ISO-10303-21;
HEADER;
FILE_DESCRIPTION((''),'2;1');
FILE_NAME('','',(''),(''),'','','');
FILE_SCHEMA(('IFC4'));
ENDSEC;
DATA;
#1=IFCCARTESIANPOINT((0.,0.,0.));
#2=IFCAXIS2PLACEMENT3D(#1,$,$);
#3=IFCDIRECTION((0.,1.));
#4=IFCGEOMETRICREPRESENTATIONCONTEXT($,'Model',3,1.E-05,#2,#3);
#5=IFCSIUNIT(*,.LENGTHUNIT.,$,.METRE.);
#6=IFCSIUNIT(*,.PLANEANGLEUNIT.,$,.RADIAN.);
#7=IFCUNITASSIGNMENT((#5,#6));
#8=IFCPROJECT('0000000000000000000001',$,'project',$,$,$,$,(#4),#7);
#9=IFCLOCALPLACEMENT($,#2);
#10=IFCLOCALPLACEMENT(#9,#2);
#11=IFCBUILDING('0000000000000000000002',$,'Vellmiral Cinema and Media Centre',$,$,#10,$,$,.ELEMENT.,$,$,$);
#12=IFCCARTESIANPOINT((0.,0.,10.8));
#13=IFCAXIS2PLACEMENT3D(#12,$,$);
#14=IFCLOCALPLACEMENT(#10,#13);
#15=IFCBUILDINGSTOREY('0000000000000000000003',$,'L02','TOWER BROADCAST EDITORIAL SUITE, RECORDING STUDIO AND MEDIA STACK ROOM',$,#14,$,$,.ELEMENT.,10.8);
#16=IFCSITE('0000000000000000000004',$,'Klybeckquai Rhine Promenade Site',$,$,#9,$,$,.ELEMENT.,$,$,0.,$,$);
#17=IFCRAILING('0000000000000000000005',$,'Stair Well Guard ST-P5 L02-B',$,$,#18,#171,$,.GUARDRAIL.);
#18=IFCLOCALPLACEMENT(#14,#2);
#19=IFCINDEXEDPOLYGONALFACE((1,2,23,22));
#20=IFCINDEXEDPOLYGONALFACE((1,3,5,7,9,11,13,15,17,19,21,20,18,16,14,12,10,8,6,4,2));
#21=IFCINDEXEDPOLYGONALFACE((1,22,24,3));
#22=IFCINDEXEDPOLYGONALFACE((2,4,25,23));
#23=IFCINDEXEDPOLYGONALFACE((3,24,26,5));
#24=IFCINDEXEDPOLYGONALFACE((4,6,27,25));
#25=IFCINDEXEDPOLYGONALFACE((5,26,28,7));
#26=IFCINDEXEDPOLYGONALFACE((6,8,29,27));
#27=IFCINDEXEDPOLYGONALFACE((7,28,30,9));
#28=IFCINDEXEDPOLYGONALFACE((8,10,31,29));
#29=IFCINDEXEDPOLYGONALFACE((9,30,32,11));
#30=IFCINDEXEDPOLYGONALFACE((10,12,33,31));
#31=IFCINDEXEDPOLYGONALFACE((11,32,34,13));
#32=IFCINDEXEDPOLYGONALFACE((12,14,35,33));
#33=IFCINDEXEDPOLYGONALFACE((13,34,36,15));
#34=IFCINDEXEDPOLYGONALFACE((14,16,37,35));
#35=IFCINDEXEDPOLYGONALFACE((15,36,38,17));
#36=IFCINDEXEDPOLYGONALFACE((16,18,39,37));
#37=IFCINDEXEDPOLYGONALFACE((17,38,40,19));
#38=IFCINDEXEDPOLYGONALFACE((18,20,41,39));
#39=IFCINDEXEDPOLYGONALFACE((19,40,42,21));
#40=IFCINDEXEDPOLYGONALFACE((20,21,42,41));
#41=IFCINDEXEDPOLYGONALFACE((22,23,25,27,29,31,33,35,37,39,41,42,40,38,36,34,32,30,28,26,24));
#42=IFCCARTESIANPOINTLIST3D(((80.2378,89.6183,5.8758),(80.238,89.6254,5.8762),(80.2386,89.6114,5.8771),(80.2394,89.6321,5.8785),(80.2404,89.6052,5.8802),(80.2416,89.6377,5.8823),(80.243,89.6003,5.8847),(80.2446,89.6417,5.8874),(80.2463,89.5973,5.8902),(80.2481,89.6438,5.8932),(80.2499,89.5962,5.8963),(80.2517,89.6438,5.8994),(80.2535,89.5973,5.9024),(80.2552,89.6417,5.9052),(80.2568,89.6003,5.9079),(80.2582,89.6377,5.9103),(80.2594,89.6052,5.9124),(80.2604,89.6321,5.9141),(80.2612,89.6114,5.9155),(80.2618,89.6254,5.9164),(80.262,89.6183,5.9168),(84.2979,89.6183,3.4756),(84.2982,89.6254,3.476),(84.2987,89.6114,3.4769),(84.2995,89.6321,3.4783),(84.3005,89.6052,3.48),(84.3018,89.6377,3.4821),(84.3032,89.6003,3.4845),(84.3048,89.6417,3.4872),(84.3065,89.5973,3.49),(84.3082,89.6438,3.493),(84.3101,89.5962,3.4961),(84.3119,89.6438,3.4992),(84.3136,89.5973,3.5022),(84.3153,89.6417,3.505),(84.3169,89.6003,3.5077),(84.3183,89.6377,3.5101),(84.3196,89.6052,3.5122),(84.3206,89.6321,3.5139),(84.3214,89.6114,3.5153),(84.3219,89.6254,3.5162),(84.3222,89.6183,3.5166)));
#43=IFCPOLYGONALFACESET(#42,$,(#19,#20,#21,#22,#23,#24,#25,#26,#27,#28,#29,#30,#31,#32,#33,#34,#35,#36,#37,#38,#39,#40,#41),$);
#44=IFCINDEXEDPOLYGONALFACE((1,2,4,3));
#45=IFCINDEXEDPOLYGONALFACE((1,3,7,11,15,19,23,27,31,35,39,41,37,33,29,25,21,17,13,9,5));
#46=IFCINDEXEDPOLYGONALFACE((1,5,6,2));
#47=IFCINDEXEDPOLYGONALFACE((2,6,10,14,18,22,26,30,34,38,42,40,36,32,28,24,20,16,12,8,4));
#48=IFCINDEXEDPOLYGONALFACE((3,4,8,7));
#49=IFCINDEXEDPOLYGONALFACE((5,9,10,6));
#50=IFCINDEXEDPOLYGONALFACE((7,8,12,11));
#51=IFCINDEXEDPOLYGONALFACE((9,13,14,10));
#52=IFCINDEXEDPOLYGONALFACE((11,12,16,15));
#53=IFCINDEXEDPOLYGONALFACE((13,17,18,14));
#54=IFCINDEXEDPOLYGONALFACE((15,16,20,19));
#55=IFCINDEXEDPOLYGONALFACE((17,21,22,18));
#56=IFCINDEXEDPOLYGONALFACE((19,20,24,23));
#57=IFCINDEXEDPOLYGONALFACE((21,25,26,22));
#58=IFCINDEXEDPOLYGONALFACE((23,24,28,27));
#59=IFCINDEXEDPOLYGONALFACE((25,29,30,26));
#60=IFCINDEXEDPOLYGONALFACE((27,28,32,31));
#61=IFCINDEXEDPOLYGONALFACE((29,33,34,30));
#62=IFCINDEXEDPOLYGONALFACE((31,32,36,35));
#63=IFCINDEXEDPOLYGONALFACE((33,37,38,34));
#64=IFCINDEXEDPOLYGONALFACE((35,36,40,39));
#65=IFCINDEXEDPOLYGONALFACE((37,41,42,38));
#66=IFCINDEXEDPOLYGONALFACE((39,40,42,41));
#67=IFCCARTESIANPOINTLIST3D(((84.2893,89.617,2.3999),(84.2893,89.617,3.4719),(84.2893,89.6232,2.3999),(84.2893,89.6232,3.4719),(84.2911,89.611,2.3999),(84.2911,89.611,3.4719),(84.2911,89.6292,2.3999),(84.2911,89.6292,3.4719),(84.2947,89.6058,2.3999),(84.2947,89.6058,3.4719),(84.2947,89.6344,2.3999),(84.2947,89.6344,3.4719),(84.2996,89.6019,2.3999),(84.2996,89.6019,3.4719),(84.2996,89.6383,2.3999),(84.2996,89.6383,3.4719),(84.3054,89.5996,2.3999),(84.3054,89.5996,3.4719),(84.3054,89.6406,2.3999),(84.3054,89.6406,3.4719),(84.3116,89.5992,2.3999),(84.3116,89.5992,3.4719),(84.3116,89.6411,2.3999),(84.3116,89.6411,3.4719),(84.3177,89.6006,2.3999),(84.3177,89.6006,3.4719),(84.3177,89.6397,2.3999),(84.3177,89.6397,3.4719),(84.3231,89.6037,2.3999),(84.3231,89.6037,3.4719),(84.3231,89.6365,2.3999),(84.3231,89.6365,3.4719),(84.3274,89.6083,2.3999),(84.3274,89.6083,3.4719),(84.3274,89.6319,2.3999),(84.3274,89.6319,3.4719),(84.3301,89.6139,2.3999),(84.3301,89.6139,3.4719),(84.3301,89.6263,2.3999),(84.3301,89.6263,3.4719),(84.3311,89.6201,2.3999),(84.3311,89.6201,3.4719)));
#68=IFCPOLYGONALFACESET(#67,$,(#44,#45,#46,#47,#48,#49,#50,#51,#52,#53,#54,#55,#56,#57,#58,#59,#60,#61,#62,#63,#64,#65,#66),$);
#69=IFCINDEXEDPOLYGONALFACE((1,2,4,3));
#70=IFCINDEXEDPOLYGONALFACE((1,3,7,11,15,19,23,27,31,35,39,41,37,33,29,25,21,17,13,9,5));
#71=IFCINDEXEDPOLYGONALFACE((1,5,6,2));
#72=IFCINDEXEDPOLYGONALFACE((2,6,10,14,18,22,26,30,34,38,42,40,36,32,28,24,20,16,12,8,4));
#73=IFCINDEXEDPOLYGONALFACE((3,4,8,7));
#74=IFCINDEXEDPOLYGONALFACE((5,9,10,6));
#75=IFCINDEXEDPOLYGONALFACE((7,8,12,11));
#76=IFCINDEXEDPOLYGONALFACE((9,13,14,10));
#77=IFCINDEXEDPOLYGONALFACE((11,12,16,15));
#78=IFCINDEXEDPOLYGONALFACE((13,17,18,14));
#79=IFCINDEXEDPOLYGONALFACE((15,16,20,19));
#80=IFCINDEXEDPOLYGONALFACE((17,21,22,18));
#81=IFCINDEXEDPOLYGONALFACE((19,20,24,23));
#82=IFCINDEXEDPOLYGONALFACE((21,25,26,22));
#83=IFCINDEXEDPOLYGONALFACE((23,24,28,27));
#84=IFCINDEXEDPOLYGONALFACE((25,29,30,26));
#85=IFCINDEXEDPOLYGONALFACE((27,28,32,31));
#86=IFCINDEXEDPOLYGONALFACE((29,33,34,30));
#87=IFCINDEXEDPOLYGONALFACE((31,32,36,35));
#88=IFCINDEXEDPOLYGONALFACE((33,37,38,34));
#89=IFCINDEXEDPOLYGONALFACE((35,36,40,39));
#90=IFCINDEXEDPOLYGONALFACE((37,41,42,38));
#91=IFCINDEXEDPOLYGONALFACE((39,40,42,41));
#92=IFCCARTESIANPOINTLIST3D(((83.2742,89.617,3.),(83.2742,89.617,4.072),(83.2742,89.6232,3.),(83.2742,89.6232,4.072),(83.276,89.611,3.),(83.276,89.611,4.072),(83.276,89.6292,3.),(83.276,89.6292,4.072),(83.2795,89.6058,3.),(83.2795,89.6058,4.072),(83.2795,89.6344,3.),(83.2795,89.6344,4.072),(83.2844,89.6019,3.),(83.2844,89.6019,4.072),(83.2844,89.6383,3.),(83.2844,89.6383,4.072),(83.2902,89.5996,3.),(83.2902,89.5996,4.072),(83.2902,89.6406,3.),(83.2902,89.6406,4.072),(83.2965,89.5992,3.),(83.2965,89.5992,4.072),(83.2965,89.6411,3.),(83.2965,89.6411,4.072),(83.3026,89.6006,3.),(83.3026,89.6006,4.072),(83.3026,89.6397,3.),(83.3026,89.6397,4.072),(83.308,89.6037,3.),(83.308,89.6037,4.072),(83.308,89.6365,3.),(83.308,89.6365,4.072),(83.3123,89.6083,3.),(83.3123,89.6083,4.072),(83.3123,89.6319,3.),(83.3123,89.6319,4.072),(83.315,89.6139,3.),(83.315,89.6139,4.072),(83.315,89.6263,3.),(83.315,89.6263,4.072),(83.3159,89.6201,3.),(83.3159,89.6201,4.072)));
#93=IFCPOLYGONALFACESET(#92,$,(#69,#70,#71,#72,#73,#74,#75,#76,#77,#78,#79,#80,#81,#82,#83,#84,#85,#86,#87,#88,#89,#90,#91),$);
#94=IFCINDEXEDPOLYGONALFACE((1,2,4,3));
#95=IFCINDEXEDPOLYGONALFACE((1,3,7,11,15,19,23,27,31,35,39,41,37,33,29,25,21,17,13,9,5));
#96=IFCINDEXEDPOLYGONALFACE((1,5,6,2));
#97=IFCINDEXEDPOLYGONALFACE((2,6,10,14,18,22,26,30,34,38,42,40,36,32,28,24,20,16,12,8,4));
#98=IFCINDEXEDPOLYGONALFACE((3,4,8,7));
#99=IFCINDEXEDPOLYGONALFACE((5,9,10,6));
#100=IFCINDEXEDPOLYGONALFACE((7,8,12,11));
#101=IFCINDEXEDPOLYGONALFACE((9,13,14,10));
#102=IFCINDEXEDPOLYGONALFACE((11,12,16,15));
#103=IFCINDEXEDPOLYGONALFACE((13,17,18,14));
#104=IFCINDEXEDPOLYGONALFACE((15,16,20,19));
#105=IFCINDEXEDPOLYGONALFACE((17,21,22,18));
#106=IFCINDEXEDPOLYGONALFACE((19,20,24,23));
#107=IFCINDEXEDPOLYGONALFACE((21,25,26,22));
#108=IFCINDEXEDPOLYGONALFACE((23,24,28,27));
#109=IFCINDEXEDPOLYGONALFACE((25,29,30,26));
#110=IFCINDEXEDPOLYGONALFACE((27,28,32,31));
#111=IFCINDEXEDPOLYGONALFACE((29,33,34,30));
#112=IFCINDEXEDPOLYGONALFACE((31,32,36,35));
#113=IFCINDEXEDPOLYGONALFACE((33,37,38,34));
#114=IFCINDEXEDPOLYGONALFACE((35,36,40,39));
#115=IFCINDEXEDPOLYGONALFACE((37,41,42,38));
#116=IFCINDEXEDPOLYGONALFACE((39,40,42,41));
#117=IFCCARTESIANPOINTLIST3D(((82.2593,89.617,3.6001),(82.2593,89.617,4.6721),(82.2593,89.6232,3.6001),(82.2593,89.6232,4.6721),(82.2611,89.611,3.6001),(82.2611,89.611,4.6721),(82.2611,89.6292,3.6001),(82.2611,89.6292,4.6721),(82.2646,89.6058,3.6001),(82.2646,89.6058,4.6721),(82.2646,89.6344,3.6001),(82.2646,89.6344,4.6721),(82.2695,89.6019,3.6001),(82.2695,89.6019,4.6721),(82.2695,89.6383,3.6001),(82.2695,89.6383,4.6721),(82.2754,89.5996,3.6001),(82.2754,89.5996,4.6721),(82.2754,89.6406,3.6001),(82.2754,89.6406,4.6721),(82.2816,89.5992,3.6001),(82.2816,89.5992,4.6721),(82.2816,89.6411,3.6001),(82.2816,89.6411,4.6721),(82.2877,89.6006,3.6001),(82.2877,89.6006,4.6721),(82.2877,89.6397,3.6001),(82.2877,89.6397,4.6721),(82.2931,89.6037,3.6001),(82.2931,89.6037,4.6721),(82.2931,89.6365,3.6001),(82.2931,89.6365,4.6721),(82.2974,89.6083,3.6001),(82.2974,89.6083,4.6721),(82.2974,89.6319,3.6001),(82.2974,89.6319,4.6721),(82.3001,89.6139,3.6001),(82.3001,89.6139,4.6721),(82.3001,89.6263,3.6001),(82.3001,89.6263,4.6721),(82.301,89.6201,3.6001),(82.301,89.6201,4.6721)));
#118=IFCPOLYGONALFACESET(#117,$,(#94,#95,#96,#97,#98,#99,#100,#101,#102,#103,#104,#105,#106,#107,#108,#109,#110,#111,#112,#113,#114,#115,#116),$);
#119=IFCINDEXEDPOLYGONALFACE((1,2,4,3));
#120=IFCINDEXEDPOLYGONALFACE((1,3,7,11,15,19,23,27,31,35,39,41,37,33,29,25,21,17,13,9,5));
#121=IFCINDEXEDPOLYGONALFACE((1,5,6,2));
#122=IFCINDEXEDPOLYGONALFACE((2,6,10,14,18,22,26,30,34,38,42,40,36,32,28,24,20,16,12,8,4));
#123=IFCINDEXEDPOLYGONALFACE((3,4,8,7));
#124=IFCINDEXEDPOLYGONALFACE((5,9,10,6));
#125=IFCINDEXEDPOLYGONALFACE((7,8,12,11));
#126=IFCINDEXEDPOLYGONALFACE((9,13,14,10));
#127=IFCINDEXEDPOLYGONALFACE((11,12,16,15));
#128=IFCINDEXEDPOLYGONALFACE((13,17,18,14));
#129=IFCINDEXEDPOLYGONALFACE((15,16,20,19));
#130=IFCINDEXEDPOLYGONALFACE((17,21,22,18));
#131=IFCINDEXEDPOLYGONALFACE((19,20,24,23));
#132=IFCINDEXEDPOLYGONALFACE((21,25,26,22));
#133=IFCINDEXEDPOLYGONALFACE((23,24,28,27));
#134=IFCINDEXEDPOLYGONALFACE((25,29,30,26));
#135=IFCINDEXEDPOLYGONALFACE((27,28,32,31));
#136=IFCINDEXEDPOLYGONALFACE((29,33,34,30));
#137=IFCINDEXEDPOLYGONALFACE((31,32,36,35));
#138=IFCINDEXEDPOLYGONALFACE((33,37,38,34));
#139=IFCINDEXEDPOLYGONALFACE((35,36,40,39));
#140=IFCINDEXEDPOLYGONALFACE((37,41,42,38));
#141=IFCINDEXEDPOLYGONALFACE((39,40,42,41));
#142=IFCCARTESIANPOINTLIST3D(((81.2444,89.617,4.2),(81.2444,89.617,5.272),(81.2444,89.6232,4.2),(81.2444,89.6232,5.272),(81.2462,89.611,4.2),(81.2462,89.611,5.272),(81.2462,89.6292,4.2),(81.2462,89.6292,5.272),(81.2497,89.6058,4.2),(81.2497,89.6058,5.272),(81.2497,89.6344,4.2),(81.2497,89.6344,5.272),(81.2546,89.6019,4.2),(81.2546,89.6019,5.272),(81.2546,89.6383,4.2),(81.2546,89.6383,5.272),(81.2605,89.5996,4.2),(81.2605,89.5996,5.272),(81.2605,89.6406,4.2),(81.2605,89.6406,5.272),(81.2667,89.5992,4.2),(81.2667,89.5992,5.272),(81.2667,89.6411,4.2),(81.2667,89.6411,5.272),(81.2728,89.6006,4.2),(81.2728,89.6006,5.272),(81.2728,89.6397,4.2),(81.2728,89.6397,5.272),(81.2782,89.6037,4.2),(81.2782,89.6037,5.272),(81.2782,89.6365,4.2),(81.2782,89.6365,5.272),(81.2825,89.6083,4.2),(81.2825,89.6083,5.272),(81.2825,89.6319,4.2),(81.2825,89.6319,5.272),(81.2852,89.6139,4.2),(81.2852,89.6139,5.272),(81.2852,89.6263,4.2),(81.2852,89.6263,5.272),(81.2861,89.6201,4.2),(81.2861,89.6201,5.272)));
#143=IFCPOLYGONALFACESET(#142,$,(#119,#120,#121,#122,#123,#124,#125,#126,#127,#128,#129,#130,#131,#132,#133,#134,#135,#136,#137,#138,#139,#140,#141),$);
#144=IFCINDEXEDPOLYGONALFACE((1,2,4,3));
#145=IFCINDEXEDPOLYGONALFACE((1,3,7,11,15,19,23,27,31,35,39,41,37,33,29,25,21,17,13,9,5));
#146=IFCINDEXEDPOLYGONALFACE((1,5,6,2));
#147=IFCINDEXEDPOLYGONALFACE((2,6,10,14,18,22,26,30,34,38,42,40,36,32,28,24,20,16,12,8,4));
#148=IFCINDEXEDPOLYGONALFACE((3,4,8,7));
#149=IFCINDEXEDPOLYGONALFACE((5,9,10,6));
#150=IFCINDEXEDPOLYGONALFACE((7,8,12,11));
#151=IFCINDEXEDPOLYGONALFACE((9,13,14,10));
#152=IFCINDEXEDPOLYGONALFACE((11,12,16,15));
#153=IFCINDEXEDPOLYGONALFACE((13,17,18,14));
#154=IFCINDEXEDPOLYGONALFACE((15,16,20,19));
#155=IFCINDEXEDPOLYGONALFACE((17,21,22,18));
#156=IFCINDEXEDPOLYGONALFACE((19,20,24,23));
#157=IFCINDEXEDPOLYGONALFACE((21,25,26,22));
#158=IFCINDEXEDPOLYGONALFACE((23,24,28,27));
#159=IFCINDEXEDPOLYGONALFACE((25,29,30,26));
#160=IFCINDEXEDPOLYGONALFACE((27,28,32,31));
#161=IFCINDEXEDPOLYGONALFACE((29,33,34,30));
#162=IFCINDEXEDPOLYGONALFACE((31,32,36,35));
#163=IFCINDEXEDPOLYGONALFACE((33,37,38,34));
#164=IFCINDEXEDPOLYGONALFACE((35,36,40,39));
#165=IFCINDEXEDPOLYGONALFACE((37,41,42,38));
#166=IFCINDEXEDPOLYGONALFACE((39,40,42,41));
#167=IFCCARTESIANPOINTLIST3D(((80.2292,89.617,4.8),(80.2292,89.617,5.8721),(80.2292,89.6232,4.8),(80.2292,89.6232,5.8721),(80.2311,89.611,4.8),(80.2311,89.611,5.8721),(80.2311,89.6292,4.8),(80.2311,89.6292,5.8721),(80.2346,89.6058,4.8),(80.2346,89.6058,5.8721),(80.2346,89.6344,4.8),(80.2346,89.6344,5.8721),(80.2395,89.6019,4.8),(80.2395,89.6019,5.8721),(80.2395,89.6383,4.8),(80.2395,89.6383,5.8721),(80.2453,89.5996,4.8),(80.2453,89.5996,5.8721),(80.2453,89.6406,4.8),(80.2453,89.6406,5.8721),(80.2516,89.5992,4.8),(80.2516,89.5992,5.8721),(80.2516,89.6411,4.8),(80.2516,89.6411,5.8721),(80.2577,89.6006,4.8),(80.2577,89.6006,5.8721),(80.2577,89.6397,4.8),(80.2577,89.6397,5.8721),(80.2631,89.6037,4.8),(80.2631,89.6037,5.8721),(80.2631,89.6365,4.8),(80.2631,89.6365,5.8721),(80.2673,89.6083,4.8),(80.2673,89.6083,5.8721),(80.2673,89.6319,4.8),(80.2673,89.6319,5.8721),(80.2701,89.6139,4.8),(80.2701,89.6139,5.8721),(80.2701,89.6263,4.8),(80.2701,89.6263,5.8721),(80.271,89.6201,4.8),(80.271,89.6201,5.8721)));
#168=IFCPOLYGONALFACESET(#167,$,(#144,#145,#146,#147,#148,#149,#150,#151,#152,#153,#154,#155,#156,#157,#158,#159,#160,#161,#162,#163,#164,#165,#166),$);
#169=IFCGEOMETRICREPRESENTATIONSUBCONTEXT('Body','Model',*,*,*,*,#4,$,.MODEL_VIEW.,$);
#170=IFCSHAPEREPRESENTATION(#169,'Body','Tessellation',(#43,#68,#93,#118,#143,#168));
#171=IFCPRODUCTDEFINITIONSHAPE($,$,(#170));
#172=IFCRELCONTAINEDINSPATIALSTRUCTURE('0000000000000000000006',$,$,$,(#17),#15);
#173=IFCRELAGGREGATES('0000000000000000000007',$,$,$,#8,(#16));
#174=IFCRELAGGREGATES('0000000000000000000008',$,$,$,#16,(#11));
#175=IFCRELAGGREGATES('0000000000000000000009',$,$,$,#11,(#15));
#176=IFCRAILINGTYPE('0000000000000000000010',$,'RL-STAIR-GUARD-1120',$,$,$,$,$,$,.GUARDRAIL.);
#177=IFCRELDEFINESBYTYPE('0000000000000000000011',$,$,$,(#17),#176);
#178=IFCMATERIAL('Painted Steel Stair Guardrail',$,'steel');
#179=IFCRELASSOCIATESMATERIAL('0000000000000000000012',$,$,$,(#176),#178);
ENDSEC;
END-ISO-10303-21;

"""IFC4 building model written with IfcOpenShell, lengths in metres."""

from ifc_helpers import new_model, si_unit, direction, frame, origin, origin_2d, place, context, subcontext, project, spatial, circle, extrude, material, type_object, element, save


model = new_model("IFC4")

# Units and contexts
model_context = context("Model", 3, precision=1e-05, world=origin(), true_north=direction((0.0, 1.0)))
body_context = subcontext(model_context, "Body", "Model", "MODEL_VIEW")
ifc_project = project(units=[si_unit("LENGTHUNIT", "METRE"), si_unit("PLANEANGLEUNIT", "RADIAN")], contexts=[model_context])

# Site, building, storey
site_placement = place(None, origin())
site = spatial("IfcSite", under=ifc_project, at=site_placement, Name="Klybeckquai Rhine Promenade Site", CompositionType="ELEMENT", RefElevation=0.0)
building_placement = place(site_placement, origin())
building = spatial("IfcBuilding", under=site, at=building_placement, Name="Vellmiral Cinema and Media Centre", CompositionType="ELEMENT")
storey_placement = place(building_placement, frame((0.0, 0.0, 10.8)))
storey = spatial("IfcBuildingStorey", under=building, at=storey_placement, Name="L02", Description="TOWER BROADCAST EDITORIAL SUITE, RECORDING STUDIO AND MEDIA STACK ROOM", CompositionType="ELEMENT", Elevation=10.8)

# Railing
ifc_material_1 = material(Name="Painted Steel Stair Guardrail", Category="steel")
railing_type_1 = type_object("IfcRailingType", Name="RL-STAIR-GUARD-1120", PredefinedType="GUARDRAIL", material=ifc_material_1)
railing_1_placement = place(storey_placement, frame((84.3101, 89.6201, 2.3999)))
element("IfcRailing", 1, at=railing_1_placement, inside=storey, type_object=railing_type_1, Name="Stair Well Guard ST-P5 L02-B", PredefinedType="GUARDRAIL", context=body_context, shape_type="SweptSolid", body=[
    extrude(circle(Radius=0.0239, at=origin_2d()), frame((0.0, 0.0, 1.0962), z_axis=(-0.860832, 0.0, 0.50889), x_axis=(0.0, -1.0, 0.0)), (0.0, 0.0, 1.0), 4.7166),
    extrude(circle(Radius=0.021, at=origin_2d()), origin(), (0.0, 0.0, 1.0), 1.072),
    extrude(circle(Radius=0.021, at=origin_2d()), frame((-1.0151, 0.0, 0.6001)), (0.0, 0.0, 1.0), 1.072),
    extrude(circle(Radius=0.021, at=origin_2d()), frame((-2.03, 0.0, 1.2002)), (0.0, 0.0, 1.0), 1.072),
    extrude(circle(Radius=0.021, at=origin_2d()), frame((-3.0449, 0.0, 1.8)), (0.0, 0.0, 1.0), 1.072),
    extrude(circle(Radius=0.021, at=origin_2d()), frame((-4.0601, 0.0, 2.4001)), (0.0, 0.0, 1.0), 1.072),
])

save(model, "model.ifc")
